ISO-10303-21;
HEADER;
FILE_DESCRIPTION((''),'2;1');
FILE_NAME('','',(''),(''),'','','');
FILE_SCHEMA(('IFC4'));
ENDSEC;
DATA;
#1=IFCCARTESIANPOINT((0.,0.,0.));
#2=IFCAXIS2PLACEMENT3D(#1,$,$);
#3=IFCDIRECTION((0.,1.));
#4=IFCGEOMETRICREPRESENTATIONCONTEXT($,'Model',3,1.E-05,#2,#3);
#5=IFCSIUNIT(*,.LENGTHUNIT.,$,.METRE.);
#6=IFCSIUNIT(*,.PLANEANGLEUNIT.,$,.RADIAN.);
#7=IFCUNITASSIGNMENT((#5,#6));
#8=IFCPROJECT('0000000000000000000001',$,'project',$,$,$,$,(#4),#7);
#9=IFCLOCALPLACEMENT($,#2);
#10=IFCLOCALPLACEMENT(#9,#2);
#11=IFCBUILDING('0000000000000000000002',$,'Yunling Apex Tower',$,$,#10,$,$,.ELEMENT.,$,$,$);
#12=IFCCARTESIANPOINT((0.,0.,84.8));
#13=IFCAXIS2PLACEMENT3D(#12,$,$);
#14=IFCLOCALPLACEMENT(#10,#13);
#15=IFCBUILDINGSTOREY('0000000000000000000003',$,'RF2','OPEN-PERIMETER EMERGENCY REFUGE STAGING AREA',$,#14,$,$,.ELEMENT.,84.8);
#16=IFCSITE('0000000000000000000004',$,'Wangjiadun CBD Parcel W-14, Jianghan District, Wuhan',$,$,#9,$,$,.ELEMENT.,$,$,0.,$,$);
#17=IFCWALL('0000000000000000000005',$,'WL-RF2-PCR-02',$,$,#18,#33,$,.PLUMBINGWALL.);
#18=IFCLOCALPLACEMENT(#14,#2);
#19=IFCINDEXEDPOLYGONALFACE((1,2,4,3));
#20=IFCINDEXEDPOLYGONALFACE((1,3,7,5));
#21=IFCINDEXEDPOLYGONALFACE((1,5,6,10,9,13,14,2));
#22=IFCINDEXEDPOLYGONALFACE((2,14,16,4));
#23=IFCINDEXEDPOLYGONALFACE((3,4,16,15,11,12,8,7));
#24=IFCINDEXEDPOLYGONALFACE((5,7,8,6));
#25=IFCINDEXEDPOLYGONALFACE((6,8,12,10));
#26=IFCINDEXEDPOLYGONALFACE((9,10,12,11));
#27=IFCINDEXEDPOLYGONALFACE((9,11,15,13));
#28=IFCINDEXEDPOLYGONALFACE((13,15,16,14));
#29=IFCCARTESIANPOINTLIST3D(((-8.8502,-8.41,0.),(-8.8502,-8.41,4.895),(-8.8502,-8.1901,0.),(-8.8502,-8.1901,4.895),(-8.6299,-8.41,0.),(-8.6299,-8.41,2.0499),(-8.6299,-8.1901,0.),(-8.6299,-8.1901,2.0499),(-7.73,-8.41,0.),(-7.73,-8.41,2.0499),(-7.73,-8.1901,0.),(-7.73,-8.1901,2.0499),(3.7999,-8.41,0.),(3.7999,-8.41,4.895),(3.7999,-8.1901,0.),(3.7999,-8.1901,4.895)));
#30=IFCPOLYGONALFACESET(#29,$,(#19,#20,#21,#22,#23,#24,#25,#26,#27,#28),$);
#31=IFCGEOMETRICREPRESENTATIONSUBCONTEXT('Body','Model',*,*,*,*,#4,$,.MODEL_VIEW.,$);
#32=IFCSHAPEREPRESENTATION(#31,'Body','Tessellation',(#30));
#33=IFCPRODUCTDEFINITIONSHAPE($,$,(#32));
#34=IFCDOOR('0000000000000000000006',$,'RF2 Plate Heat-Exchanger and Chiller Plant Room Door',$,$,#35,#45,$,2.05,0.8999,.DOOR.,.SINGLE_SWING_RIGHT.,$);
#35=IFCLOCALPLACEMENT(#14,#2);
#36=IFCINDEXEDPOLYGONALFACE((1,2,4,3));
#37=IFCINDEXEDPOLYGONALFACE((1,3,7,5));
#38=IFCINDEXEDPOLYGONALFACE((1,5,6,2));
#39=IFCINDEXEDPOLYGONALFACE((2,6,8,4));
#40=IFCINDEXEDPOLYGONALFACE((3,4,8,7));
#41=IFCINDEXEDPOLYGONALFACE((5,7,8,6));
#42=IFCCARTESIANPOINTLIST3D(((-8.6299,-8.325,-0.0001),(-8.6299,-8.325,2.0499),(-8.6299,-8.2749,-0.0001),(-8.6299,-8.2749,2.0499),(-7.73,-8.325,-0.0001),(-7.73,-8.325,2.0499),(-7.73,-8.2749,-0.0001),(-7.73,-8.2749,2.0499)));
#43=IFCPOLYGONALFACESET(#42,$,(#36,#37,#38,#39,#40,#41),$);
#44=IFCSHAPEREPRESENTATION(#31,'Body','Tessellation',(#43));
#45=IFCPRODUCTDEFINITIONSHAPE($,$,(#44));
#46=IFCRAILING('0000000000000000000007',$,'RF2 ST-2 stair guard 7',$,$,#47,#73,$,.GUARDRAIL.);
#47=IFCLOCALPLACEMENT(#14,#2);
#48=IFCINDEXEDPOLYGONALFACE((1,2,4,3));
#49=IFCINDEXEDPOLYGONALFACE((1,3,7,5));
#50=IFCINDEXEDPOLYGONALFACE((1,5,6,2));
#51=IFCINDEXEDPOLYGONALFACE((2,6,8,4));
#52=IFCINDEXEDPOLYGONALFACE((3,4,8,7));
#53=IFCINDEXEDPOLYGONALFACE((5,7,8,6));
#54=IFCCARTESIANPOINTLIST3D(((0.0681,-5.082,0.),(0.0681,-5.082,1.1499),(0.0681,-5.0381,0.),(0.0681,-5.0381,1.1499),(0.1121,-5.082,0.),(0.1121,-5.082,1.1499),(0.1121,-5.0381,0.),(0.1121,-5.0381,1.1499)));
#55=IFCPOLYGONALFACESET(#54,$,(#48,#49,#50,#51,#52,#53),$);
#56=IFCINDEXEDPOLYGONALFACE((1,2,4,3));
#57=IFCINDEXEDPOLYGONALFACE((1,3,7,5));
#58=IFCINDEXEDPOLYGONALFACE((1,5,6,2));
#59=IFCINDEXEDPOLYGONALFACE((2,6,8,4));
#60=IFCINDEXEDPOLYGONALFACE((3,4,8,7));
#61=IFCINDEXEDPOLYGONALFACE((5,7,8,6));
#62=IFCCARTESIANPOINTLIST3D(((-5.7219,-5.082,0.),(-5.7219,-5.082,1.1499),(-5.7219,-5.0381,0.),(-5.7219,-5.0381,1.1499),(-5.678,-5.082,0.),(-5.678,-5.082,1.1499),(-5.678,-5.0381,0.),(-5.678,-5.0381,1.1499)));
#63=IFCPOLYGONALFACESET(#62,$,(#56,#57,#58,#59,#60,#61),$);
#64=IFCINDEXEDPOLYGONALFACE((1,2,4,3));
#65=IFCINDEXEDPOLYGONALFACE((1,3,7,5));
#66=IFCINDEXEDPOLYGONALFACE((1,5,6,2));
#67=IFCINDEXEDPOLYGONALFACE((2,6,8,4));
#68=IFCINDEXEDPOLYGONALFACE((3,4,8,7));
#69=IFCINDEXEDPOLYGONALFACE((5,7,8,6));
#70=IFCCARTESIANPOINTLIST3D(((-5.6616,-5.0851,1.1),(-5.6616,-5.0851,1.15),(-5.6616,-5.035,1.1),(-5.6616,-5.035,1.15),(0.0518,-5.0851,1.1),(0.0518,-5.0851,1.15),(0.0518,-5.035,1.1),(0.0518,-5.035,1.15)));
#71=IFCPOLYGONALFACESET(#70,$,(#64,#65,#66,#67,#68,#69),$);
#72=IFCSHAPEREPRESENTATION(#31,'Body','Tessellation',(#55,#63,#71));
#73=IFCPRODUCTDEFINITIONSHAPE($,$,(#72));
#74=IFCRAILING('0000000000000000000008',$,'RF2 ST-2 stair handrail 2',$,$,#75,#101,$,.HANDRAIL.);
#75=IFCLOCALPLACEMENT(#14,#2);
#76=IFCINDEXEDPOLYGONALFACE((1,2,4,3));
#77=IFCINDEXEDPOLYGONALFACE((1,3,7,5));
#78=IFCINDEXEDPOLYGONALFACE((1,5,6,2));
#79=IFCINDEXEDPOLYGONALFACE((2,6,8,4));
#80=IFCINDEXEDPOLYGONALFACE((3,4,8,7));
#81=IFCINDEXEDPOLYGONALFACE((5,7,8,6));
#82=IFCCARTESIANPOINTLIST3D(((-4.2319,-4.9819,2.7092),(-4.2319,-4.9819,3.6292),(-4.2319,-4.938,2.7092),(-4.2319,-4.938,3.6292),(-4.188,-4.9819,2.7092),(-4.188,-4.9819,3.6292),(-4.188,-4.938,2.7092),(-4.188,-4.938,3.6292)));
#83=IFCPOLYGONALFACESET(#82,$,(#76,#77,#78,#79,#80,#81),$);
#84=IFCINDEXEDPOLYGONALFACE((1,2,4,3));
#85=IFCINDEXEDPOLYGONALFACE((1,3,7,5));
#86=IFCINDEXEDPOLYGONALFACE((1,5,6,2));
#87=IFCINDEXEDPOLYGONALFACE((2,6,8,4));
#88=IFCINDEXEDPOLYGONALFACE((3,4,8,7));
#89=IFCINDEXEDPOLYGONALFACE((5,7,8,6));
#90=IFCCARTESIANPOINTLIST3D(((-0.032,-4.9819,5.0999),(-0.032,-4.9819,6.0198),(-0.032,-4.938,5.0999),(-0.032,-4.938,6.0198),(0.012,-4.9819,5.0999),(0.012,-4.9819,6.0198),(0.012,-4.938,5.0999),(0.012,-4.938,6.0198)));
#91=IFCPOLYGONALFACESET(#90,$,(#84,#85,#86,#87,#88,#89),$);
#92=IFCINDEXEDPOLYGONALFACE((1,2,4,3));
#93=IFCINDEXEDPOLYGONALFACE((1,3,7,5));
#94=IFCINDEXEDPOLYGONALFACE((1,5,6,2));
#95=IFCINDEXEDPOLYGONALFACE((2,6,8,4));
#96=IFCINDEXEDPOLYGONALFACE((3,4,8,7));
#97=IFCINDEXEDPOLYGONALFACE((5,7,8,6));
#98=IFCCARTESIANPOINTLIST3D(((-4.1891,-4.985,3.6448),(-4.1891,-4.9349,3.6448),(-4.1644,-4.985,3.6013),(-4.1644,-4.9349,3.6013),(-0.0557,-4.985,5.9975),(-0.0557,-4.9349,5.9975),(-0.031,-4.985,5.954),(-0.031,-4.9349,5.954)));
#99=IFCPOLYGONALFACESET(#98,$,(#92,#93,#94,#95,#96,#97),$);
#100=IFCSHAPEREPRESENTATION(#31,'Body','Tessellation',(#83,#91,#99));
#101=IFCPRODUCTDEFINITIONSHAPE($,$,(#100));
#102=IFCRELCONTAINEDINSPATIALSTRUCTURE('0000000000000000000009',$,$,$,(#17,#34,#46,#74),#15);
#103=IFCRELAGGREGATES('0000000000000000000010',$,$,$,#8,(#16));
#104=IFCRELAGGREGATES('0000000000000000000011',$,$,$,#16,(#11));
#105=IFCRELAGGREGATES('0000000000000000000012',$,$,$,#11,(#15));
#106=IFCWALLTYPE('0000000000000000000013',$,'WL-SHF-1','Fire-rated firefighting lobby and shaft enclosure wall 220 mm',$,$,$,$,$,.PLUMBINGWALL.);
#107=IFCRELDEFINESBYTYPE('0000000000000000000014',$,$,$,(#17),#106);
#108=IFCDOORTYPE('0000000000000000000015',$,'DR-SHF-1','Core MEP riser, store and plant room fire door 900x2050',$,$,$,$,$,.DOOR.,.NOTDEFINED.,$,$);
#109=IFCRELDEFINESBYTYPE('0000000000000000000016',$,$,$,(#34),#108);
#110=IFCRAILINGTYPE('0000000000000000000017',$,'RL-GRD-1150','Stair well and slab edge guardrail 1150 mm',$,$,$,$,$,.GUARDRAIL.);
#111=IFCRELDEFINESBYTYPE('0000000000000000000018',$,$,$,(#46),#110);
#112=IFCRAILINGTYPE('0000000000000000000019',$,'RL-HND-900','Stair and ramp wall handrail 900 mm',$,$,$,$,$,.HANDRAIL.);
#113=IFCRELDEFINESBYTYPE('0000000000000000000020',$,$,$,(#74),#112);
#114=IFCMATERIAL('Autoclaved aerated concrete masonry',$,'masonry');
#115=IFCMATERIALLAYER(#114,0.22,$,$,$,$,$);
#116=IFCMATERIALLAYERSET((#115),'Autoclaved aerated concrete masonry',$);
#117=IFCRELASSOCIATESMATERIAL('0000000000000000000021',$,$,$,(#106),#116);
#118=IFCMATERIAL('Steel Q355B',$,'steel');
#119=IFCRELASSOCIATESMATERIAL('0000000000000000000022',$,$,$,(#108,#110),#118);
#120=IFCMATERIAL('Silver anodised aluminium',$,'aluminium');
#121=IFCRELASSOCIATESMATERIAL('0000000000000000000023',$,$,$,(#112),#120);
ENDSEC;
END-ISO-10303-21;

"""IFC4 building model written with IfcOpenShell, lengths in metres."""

from ifc_helpers import new_model, si_unit, direction, frame, frame_2d, origin, origin_2d, place, context, subcontext, project, spatial, rectangle, extrude, material, layer, layer_set, type_object, element, fill, save


model = new_model("IFC4")

# Units and contexts
model_context = context("Model", 3, precision=1e-05, world=origin(), true_north=direction((0.0, 1.0)))
body_context = subcontext(model_context, "Body", "Model", "MODEL_VIEW")
ifc_project = project(units=[si_unit("LENGTHUNIT", "METRE"), si_unit("PLANEANGLEUNIT", "RADIAN")], contexts=[model_context])

# Site, building, storey
site_placement = place(None, origin())
site = spatial("IfcSite", under=ifc_project, at=site_placement, Name="Wangjiadun CBD Parcel W-14, Jianghan District, Wuhan", CompositionType="ELEMENT", RefElevation=0.0)
building_placement = place(site_placement, origin())
building = spatial("IfcBuilding", under=site, at=building_placement, Name="Yunling Apex Tower", CompositionType="ELEMENT")
storey_placement = place(building_placement, frame((0.0, 0.0, 84.8)))
storey = spatial("IfcBuildingStorey", under=building, at=storey_placement, Name="RF2", Description="OPEN-PERIMETER EMERGENCY REFUGE STAGING AREA", CompositionType="ELEMENT", Elevation=84.8)

# Shared definitions
ifc_material_1 = material(Name="Steel Q355B", Category="steel")

# Shared definitions
ifc_material_2 = material(Name="Autoclaved aerated concrete masonry", Category="masonry")
ifc_layer_1 = layer(ifc_material_2, 0.22)
ifc_layer_set_1 = layer_set([ifc_layer_1], Name="Autoclaved aerated concrete masonry")
wall_type_1 = type_object("IfcWallType", Name="WL-SHF-1", Description="Fire-rated firefighting lobby and shaft enclosure wall 220 mm", PredefinedType="PLUMBINGWALL", material=ifc_layer_set_1)

# Wall, opening, door
door_type_1 = type_object("IfcDoorType", Name="DR-SHF-1", Description="Core MEP riser, store and plant room fire door 900x2050", OperationType="NOTDEFINED", PredefinedType="DOOR", material=ifc_material_1)
wall_1_placement = place(storey_placement, frame((3.8, -8.3, 0.0), z_axis=(0.0, 0.0, 1.0), x_axis=(-1.0, 0.0, 0.0)))
wall_1 = element("IfcWall", 1, at=wall_1_placement, inside=storey, type_object=wall_type_1, Name="WL-RF2-PCR-02", PredefinedType="PLUMBINGWALL", context=body_context, shape_type="SweptSolid", body=[
    extrude(rectangle(XDim=12.6501, YDim=0.22, at=frame_2d((6.3252, 0.0))), origin(), (0.0, 0.0, 1.0), 4.895),
])
opening_1_placement = place(wall_1_placement, frame((11.53, 0.0, 0.0)))
opening_1 = element("IfcOpeningElement", 2, at=opening_1_placement, cuts=wall_1, PredefinedType="OPENING", context=body_context, shape_type="SweptSolid", body=[
    extrude(rectangle(XDim=0.8999, YDim=2.05, at=frame_2d((0.45, 1.0249))), frame((0.0, 0.1201, 0.0), z_axis=(0.0, -1.0, 0.0), x_axis=(1.0, 0.0, 0.0)), (0.0, 0.0, 1.0), 0.24),
])
door_1_placement = place(opening_1_placement, origin())
door_1 = element("IfcDoor", 3, at=door_1_placement, inside=storey, type_object=door_type_1, Name="RF2 Plate Heat-Exchanger and Chiller Plant Room Door", OperationType="SINGLE_SWING_RIGHT", OverallHeight=2.05, OverallWidth=0.8999, PredefinedType="DOOR", context=body_context, shape_type="SweptSolid", body=[
    extrude(rectangle(XDim=0.8999, YDim=2.05, at=frame_2d((0.45, 1.0249))), frame((0.0, 0.0249, 0.0), z_axis=(0.0, -1.0, 0.0), x_axis=(1.0, 0.0, 0.0)), (0.0, 0.0, 1.0), 0.05),
])
fill(opening_1, door_1)

# Railings
railing_type_1 = type_object("IfcRailingType", Name="RL-GRD-1150", Description="Stair well and slab edge guardrail 1150 mm", PredefinedType="GUARDRAIL", material=ifc_material_1)
railing_1_placement = place(storey_placement, frame((0.0901, -5.0601, 0.0)))
element("IfcRailing", 4, at=railing_1_placement, inside=storey, type_object=railing_type_1, Name="RF2 ST-2 stair guard 7", PredefinedType="GUARDRAIL", context=body_context, shape_type="SweptSolid", body=[
    extrude(rectangle(XDim=0.0439, YDim=0.0439, at=origin_2d()), origin(), (0.0, 0.0, 1.0), 1.1499),
    extrude(rectangle(XDim=0.0439, YDim=0.0439, at=origin_2d()), frame((-5.79, 0.0, 0.0)), (0.0, 0.0, 1.0), 1.1499),
    extrude(rectangle(XDim=0.05, YDim=0.05, at=origin_2d()), frame((-0.0383, 0.0, 1.125), z_axis=(-1.0, 0.0, 0.0), x_axis=(0.0, -1.0, 0.0)), (0.0, 0.0, 1.0), 5.7134),
])
ifc_material_3 = material(Name="Silver anodised aluminium", Category="aluminium")
railing_type_2 = type_object("IfcRailingType", Name="RL-HND-900", Description="Stair and ramp wall handrail 900 mm", PredefinedType="HANDRAIL", material=ifc_material_3)
railing_2_placement = place(storey_placement, frame((-4.21, -4.96, 2.7092)))
element("IfcRailing", 5, at=railing_2_placement, inside=storey, type_object=railing_type_2, Name="RF2 ST-2 stair handrail 2", PredefinedType="HANDRAIL", context=body_context, shape_type="SweptSolid", body=[
    extrude(rectangle(XDim=0.0439, YDim=0.0439, at=origin_2d()), origin(), (0.0, 0.0, 1.0), 0.9199),
    extrude(rectangle(XDim=0.0439, YDim=0.0439, at=origin_2d()), frame((4.2, 0.0, 2.3906)), (0.0, 0.0, 1.0), 0.9199),
    extrude(rectangle(XDim=0.05, YDim=0.05, at=origin_2d()), frame((0.0332, 0.0, 0.9138), z_axis=(0.869075, 0.0, 0.49468), x_axis=(0.0, 1.0, 0.0)), (0.0, 0.0, 1.0), 4.7561),
])

save(model, "model.ifc")
